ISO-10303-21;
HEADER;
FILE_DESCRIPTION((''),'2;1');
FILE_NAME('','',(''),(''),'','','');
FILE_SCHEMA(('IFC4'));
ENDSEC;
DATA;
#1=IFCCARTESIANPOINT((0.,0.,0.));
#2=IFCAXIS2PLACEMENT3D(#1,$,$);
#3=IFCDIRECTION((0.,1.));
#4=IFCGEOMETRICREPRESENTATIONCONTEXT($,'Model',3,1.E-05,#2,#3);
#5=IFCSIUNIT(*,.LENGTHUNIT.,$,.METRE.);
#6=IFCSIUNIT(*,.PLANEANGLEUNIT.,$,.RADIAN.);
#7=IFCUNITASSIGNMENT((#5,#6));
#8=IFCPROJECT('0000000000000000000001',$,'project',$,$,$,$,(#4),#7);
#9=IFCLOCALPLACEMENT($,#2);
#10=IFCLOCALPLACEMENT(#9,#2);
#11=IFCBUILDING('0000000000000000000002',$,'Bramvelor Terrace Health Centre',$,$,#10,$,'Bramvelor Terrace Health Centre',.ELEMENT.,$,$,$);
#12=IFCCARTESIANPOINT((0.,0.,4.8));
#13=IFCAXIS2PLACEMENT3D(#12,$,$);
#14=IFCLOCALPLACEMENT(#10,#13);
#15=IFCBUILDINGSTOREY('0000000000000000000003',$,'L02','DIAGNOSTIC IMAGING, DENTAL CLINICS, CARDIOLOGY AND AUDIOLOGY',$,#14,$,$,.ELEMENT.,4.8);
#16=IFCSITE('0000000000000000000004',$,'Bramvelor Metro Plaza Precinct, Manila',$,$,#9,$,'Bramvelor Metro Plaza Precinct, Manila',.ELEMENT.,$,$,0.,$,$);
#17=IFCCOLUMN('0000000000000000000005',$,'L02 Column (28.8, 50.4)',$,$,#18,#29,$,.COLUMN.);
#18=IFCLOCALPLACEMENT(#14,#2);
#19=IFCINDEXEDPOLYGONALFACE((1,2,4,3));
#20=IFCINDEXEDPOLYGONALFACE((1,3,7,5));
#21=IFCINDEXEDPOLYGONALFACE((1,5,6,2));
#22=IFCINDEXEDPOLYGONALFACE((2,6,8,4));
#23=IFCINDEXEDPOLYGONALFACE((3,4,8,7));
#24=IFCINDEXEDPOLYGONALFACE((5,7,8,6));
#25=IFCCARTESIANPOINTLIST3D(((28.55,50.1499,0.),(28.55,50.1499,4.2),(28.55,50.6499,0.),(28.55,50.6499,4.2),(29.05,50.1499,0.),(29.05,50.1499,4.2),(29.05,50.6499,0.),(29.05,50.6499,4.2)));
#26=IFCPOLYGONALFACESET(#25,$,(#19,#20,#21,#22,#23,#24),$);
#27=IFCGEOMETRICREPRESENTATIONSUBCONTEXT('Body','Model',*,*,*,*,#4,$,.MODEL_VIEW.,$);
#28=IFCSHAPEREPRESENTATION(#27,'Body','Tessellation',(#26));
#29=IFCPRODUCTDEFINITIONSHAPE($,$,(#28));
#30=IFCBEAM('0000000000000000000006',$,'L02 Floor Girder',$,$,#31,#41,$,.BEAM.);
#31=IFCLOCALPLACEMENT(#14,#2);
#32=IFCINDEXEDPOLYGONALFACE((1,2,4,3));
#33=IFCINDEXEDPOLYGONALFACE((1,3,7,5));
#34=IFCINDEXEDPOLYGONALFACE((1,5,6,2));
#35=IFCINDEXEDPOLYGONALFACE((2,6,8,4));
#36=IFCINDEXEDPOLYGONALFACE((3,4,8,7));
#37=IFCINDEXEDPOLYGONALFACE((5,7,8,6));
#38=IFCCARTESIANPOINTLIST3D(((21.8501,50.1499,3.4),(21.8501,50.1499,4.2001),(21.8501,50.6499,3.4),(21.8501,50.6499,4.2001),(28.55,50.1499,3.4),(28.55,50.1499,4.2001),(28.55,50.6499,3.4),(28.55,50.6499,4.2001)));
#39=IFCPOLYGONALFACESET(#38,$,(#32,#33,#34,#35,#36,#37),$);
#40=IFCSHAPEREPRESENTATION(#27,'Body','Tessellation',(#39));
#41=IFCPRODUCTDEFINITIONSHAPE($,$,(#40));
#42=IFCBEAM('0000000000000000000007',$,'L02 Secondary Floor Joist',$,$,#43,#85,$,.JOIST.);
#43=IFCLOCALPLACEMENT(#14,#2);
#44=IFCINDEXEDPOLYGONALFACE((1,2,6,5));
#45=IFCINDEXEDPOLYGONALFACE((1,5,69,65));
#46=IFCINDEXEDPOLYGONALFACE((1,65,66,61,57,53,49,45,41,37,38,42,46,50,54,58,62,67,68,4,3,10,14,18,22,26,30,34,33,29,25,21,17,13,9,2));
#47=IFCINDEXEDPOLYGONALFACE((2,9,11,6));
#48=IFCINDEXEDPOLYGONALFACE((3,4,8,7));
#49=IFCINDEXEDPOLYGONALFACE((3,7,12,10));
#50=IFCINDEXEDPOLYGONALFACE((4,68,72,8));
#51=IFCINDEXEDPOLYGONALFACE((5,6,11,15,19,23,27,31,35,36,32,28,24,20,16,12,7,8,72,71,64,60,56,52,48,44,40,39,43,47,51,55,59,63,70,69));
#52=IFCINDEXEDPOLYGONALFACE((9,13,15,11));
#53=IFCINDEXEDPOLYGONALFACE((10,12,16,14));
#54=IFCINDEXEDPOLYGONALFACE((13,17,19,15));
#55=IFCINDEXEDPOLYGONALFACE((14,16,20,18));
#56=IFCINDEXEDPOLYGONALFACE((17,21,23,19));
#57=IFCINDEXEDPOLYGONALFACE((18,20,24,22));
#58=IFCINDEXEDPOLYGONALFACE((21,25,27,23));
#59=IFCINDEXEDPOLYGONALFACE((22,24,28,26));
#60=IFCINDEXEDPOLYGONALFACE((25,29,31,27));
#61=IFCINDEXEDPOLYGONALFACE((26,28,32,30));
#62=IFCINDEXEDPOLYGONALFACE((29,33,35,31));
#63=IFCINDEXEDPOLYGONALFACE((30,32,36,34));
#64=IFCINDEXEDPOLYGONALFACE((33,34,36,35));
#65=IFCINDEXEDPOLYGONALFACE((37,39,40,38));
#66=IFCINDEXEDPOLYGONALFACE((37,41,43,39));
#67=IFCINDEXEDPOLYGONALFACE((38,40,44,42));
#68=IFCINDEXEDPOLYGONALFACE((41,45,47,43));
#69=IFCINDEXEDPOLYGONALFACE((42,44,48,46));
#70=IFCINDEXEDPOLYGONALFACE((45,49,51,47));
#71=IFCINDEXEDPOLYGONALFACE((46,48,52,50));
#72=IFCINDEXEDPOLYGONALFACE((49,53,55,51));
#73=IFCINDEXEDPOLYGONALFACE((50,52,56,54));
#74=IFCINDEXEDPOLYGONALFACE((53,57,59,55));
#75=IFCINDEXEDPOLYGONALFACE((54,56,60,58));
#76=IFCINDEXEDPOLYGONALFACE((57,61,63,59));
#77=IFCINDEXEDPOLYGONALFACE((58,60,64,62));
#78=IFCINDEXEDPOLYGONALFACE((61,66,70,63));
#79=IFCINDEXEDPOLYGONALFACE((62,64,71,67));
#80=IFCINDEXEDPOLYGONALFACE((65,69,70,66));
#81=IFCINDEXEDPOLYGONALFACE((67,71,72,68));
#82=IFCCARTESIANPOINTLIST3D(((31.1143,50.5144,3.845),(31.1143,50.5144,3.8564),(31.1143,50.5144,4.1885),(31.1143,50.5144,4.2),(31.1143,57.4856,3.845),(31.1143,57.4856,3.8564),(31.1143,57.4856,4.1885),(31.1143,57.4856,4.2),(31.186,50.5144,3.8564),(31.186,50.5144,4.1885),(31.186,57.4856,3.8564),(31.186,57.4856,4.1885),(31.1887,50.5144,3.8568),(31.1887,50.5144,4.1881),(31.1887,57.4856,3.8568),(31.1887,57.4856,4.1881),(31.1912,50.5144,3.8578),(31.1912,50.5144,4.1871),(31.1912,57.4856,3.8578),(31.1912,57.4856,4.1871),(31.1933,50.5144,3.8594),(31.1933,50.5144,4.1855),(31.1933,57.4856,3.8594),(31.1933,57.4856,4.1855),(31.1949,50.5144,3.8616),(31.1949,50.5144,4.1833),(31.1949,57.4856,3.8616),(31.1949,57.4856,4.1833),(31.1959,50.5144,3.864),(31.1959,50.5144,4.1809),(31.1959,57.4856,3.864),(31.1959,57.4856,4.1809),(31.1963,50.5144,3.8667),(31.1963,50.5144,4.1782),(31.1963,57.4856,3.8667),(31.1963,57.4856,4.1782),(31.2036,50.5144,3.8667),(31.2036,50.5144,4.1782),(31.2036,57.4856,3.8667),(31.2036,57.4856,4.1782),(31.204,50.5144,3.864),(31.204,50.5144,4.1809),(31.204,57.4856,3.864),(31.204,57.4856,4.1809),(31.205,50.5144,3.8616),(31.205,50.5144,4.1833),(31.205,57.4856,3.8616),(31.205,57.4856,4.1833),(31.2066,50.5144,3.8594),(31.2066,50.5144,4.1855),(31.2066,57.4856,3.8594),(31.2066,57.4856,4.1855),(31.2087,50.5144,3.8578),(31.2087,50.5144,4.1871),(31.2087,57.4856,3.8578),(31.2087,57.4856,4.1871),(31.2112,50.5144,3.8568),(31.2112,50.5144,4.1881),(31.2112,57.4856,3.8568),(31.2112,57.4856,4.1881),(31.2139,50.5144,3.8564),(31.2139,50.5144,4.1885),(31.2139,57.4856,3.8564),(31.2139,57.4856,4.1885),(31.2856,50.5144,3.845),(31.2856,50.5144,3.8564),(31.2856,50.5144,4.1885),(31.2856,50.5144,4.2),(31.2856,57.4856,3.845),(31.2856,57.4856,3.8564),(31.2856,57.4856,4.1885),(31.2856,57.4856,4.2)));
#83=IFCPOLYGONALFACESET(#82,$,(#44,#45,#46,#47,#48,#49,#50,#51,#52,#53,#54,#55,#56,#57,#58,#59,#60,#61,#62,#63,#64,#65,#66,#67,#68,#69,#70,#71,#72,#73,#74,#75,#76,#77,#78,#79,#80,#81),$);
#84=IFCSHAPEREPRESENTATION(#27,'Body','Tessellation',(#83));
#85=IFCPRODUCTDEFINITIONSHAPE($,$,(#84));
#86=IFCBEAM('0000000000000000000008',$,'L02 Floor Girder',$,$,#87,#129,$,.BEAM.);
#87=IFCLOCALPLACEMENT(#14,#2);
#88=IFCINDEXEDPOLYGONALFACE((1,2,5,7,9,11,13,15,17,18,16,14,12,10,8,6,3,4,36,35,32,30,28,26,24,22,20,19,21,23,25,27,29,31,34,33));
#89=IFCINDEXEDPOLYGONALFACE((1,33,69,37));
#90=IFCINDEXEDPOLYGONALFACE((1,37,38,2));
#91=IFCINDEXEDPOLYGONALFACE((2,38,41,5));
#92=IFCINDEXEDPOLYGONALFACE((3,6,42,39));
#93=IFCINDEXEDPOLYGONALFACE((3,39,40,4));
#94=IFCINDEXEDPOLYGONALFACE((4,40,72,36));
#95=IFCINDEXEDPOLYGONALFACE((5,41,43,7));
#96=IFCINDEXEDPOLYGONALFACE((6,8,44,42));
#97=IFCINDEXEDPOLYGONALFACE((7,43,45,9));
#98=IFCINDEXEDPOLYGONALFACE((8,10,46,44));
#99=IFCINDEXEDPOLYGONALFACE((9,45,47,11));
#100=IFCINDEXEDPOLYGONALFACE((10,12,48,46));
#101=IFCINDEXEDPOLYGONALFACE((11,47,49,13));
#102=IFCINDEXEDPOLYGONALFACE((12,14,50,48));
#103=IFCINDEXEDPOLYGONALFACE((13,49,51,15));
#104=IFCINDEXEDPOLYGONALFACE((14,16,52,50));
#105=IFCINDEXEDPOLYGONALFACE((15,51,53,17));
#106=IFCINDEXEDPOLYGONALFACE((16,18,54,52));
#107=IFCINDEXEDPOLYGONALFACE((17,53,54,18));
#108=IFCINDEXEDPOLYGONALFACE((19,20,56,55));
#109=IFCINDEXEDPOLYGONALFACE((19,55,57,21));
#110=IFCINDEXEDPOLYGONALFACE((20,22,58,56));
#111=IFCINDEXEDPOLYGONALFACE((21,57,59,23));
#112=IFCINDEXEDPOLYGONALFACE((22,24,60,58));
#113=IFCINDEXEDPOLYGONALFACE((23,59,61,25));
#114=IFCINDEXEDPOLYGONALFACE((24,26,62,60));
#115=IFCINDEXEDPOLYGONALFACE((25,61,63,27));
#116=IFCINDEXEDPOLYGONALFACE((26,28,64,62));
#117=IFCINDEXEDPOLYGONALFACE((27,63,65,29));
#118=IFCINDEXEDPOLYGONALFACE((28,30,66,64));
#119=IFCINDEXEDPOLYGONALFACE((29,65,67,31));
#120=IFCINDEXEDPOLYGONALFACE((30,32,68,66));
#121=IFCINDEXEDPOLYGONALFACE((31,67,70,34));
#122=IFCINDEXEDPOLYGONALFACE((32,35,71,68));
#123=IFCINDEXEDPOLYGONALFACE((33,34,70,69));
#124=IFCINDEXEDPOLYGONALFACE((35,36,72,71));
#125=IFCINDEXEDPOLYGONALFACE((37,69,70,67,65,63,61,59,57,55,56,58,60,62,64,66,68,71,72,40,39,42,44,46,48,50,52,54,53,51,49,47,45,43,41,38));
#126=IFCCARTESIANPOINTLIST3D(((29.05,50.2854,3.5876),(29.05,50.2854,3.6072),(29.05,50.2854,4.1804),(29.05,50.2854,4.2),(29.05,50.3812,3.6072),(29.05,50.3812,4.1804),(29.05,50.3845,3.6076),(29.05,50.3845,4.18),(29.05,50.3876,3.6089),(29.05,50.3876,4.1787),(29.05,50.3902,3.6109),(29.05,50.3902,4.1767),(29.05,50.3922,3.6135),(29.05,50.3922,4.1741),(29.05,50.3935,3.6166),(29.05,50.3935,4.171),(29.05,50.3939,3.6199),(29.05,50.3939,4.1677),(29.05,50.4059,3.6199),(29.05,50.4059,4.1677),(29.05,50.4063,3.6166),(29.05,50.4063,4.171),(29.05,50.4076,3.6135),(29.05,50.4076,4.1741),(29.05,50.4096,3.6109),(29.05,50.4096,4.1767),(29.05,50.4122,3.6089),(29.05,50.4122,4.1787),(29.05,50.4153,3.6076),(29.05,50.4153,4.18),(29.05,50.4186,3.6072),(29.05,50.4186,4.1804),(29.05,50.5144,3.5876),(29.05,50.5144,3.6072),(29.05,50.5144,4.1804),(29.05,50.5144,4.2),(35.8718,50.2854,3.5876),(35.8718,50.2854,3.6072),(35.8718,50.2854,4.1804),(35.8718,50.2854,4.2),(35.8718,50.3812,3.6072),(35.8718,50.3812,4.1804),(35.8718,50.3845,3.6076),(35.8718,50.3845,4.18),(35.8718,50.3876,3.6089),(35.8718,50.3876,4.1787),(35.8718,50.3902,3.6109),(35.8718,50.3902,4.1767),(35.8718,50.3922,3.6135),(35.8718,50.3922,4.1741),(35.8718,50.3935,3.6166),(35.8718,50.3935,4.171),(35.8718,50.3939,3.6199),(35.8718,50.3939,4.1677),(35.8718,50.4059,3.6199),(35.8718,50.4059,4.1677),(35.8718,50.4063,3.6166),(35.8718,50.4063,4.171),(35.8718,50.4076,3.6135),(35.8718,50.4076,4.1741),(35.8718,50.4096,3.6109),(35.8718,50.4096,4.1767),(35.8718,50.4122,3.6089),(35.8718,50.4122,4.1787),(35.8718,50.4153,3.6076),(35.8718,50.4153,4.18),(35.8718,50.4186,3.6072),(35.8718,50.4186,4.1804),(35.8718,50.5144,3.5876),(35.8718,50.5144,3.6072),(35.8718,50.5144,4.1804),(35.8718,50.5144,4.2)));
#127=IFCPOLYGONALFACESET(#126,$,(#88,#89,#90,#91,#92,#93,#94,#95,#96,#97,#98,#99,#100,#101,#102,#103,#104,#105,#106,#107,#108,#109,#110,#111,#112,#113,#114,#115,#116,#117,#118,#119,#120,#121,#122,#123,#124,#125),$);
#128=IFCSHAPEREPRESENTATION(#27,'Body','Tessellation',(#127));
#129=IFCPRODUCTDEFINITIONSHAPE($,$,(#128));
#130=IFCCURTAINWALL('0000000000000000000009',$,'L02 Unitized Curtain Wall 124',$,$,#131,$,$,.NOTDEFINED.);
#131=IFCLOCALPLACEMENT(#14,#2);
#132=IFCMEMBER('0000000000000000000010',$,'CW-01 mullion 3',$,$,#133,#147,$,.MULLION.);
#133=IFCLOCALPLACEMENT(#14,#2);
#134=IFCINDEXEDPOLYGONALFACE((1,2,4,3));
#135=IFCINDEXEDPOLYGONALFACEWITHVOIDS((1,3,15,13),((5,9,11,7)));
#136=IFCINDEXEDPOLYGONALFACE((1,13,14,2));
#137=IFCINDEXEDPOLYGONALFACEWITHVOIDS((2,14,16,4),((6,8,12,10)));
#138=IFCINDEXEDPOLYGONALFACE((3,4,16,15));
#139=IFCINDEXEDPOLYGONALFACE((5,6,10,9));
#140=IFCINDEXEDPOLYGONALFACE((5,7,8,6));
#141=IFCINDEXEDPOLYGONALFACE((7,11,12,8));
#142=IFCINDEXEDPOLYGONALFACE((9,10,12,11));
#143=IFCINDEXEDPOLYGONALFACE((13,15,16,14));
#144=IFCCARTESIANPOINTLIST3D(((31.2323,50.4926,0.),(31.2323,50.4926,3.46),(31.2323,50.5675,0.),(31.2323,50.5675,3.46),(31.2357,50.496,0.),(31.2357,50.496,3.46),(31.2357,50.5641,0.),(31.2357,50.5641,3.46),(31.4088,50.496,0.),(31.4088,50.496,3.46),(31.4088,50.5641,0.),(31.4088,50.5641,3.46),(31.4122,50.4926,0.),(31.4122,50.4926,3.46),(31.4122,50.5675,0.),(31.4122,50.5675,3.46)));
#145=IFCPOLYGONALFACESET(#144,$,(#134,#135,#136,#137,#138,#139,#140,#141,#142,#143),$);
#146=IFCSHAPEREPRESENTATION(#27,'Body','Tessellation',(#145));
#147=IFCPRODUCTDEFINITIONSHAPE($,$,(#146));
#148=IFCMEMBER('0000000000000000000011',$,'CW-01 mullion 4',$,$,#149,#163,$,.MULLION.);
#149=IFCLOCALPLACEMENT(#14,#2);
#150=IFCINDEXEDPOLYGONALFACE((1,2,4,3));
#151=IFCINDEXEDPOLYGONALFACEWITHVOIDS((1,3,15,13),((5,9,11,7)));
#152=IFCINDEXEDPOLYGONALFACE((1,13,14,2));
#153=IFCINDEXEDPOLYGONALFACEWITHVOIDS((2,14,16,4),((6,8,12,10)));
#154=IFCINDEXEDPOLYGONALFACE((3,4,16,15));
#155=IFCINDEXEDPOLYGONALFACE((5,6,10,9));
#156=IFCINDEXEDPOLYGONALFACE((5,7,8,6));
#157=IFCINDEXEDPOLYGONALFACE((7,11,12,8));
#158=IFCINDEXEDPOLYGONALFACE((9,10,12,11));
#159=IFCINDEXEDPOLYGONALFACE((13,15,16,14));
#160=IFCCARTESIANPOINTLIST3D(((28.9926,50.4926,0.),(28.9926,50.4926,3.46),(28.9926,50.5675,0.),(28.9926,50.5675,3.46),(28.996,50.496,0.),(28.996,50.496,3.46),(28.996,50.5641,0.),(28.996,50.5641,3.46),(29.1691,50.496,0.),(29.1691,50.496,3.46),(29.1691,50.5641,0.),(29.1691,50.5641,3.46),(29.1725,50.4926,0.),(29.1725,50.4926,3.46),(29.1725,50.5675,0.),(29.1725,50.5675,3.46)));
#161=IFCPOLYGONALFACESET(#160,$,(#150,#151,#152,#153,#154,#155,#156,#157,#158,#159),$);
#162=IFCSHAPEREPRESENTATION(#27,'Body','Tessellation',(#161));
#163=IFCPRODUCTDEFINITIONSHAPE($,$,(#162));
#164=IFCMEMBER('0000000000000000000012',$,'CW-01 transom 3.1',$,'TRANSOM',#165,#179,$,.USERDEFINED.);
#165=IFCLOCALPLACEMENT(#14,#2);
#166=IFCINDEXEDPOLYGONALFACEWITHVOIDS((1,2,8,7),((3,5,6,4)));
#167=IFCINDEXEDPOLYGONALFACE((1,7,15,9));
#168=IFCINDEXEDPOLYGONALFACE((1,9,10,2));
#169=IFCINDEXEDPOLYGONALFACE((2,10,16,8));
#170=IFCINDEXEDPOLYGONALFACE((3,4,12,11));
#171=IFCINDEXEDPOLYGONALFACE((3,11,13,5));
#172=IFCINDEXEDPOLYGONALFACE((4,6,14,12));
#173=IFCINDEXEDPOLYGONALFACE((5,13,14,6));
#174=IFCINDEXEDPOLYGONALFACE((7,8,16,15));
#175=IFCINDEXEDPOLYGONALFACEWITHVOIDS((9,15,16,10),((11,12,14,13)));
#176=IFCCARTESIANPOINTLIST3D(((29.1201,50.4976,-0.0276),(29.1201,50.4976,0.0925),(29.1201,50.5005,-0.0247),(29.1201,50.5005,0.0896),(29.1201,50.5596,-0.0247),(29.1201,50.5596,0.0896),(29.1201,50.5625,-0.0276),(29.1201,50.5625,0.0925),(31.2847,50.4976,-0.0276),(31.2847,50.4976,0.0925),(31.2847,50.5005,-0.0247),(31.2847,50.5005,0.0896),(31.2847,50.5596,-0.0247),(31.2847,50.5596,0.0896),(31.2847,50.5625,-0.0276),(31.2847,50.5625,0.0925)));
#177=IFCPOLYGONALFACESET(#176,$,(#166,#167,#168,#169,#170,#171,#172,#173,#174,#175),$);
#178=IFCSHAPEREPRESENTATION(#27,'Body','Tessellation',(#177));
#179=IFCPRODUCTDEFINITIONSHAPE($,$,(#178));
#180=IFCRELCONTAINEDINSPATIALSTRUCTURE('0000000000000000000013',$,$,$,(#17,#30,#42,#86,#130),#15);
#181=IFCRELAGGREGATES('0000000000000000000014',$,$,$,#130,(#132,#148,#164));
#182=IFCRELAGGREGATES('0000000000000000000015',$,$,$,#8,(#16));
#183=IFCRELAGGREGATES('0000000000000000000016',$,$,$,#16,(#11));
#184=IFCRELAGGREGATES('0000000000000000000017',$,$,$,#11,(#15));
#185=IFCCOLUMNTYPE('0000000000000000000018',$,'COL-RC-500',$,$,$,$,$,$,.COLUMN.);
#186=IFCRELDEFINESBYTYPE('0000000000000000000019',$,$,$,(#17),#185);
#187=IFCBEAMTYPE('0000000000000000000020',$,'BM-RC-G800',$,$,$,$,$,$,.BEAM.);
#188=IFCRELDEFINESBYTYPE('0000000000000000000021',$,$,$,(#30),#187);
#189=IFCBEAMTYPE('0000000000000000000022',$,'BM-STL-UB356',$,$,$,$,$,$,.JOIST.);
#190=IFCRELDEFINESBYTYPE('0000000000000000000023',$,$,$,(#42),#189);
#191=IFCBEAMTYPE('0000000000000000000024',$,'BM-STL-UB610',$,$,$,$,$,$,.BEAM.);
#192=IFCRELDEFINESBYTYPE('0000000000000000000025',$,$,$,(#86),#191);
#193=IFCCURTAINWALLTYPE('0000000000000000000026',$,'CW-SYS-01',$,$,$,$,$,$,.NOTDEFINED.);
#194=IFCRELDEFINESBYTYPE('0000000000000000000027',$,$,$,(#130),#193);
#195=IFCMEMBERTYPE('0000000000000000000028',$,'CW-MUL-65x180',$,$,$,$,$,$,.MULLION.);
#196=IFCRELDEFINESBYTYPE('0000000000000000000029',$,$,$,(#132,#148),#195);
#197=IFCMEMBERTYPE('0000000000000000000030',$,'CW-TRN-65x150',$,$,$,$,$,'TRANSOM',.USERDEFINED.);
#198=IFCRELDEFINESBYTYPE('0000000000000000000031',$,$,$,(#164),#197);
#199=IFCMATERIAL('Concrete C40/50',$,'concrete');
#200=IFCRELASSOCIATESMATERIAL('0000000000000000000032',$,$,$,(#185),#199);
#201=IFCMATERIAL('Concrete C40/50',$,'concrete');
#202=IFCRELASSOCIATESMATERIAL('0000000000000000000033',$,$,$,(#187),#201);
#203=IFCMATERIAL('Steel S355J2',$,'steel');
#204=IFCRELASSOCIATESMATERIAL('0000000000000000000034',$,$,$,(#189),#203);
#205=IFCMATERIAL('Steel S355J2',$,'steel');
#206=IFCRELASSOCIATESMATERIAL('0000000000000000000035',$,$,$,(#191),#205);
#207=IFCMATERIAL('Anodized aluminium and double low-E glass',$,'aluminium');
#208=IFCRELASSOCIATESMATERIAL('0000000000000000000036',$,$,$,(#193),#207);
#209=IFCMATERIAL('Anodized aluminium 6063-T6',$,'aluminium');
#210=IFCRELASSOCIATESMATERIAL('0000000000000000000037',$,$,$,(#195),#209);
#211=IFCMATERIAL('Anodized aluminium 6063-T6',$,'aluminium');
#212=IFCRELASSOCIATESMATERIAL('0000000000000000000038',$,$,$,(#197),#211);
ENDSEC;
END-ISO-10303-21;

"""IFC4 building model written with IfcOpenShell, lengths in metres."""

from ifc_helpers import new_model, si_unit, direction, frame, origin, origin_2d, place, context, subcontext, project, spatial, rectangle, hollow_rectangle, i_section, extrude, material, material_profile, profile_set, type_object, element, aggregate, save


model = new_model("IFC4")

# Units and contexts
model_context = context("Model", 3, precision=1e-05, world=origin(), true_north=direction((0.0, 1.0)))
body_context = subcontext(model_context, "Body", "Model", "MODEL_VIEW")
ifc_project = project(units=[si_unit("LENGTHUNIT", "METRE"), si_unit("PLANEANGLEUNIT", "RADIAN")], contexts=[model_context])

# Site, building, storey
site_placement = place(None, origin())
site = spatial("IfcSite", under=ifc_project, at=site_placement, Name="Bramvelor Metro Plaza Precinct, Manila", LongName="Bramvelor Metro Plaza Precinct, Manila", CompositionType="ELEMENT", RefElevation=0.0)
building_placement = place(site_placement, origin())
building = spatial("IfcBuilding", under=site, at=building_placement, Name="Bramvelor Terrace Health Centre", LongName="Bramvelor Terrace Health Centre", CompositionType="ELEMENT")
storey_placement = place(building_placement, frame((0.0, 0.0, 4.8)))
storey = spatial("IfcBuildingStorey", under=building, at=storey_placement, Name="L02", Description="DIAGNOSTIC IMAGING, DENTAL CLINICS, CARDIOLOGY AND AUDIOLOGY", CompositionType="ELEMENT", Elevation=4.8)

# Column
ifc_material_1 = material(Name="Concrete C40/50", Category="concrete")
ifc_material_profile_1 = material_profile(ifc_material_1, rectangle(XDim=0.5, YDim=0.5, at=origin_2d()), Name="RC 500x500")
ifc_profile_set_1 = profile_set([ifc_material_profile_1], Name="Concrete C40/50")
column_type = type_object("IfcColumnType", Name="COL-RC-500", PredefinedType="COLUMN", material=ifc_profile_set_1)
column_placement = place(storey_placement, frame((28.8, 50.3999, 0.0), z_axis=(0.0, 0.0, 1.0), x_axis=(1.0, 0.0, 0.0)))
element("IfcColumn", 1, at=column_placement, inside=storey, type_object=column_type, Name="L02 Column (28.8, 50.4)", PredefinedType="COLUMN", context=body_context, shape_type="SweptSolid", body=[
    extrude(rectangle(XDim=0.5, YDim=0.5, at=origin_2d()), origin(), (0.0, 0.0, 1.0), 4.2),
])

# Beams
ifc_material_2 = material(Name="Concrete C40/50", Category="concrete")
ifc_material_profile_2 = material_profile(ifc_material_2, rectangle(XDim=0.5, YDim=0.8, at=origin_2d()), Name="RC 500x800")
ifc_profile_set_2 = profile_set([ifc_material_profile_2], Name="Concrete C40/50")
beam_type_1 = type_object("IfcBeamType", Name="BM-RC-G800", PredefinedType="BEAM", material=ifc_profile_set_2)
beam_1_placement = place(storey_placement, frame((21.8501, 50.3999, 3.8), z_axis=(1.0, 0.0, 0.0), x_axis=(0.0, 1.0, 0.0)))
element("IfcBeam", 2, at=beam_1_placement, inside=storey, type_object=beam_type_1, Name="L02 Floor Girder", PredefinedType="BEAM", context=body_context, shape_type="SweptSolid", body=[
    extrude(rectangle(XDim=0.5, YDim=0.8, at=origin_2d()), origin(), (0.0, 0.0, 1.0), 6.7),
])
ifc_material_3 = material(Name="Steel S355J2", Category="steel")
ifc_material_profile_3 = material_profile(ifc_material_3, i_section(OverallWidth=0.1714, OverallDepth=0.355, WebThickness=0.0073, FlangeThickness=0.0115, FilletRadius=0.0103, at=origin_2d()), Name="UB 356x171x51")
ifc_profile_set_3 = profile_set([ifc_material_profile_3], Name="Steel S355J2")
beam_type_2 = type_object("IfcBeamType", Name="BM-STL-UB356", PredefinedType="JOIST", material=ifc_profile_set_3)
beam_2_placement = place(storey_placement, frame((31.2, 50.5144, 4.0225), z_axis=(0.0, 1.0, 0.0), x_axis=(-1.0, 0.0, 0.0)))
element("IfcBeam", 3, at=beam_2_placement, inside=storey, type_object=beam_type_2, Name="L02 Secondary Floor Joist", PredefinedType="JOIST", context=body_context, shape_type="SweptSolid", body=[
    extrude(i_section(OverallWidth=0.1714, OverallDepth=0.355, WebThickness=0.0073, FlangeThickness=0.0115, FilletRadius=0.0103, at=origin_2d()), origin(), (0.0, 0.0, 1.0), 6.9712),
])
ifc_material_4 = material(Name="Steel S355J2", Category="steel")
ifc_material_profile_4 = material_profile(ifc_material_4, i_section(OverallWidth=0.229, OverallDepth=0.6123, WebThickness=0.012, FlangeThickness=0.0195, FilletRadius=0.0127, at=origin_2d()), Name="UB 610x229x125")
ifc_profile_set_4 = profile_set([ifc_material_profile_4], Name="Steel S355J2")
beam_type_3 = type_object("IfcBeamType", Name="BM-STL-UB610", PredefinedType="BEAM", material=ifc_profile_set_4)
beam_3_placement = place(storey_placement, frame((29.05, 50.3999, 3.8938), z_axis=(1.0, 0.0, 0.0), x_axis=(0.0, 1.0, 0.0)))
element("IfcBeam", 4, at=beam_3_placement, inside=storey, type_object=beam_type_3, Name="L02 Floor Girder", PredefinedType="BEAM", context=body_context, shape_type="SweptSolid", body=[
    extrude(i_section(OverallWidth=0.229, OverallDepth=0.6123, WebThickness=0.012, FlangeThickness=0.0195, FilletRadius=0.0127, at=origin_2d()), origin(), (0.0, 0.0, 1.0), 6.8218),
])

# Curtain wall, members
ifc_material_5 = material(Name="Anodized aluminium and double low-E glass", Category="aluminium")
curtain_wall_type = type_object("IfcCurtainWallType", Name="CW-SYS-01", PredefinedType="NOTDEFINED", material=ifc_material_5)
curtain_wall_placement = place(storey_placement, origin())
curtain_wall = element("IfcCurtainWall", 5, at=curtain_wall_placement, inside=storey, type_object=curtain_wall_type, Name="L02 Unitized Curtain Wall 124", PredefinedType="NOTDEFINED")
ifc_material_6 = material(Name="Anodized aluminium 6063-T6", Category="aluminium")
ifc_material_profile_5 = material_profile(ifc_material_6, hollow_rectangle(XDim=0.075, YDim=0.1799, WallThickness=0.0034, at=origin_2d()), Name="ALU-MUL 75x180x3.5")
ifc_profile_set_5 = profile_set([ifc_material_profile_5], Name="Anodized aluminium 6063-T6")
member_type_1 = type_object("IfcMemberType", Name="CW-MUL-65x180", PredefinedType="MULLION", material=ifc_profile_set_5)
member_1_placement = place(storey_placement, frame((31.3223, 50.53, 0.0), z_axis=(0.0, 0.0, 1.0), x_axis=(0.0, -1.0, 0.0)))
member_1 = element("IfcMember", 6, at=member_1_placement, type_object=member_type_1, Name="CW-01 mullion 3", PredefinedType="MULLION", context=body_context, shape_type="SweptSolid", body=[
    extrude(hollow_rectangle(XDim=0.075, YDim=0.1799, WallThickness=0.0034, at=origin_2d()), origin(), (0.0, 0.0, 1.0), 3.46),
])
member_2_placement = place(storey_placement, frame((29.0825, 50.53, 0.0), z_axis=(0.0, 0.0, 1.0), x_axis=(0.0, -1.0, 0.0)))
member_2 = element("IfcMember", 7, at=member_2_placement, type_object=member_type_1, Name="CW-01 mullion 4", PredefinedType="MULLION", context=body_context, shape_type="SweptSolid", body=[
    extrude(hollow_rectangle(XDim=0.075, YDim=0.1799, WallThickness=0.0034, at=origin_2d()), origin(), (0.0, 0.0, 1.0), 3.46),
])
ifc_material_7 = material(Name="Anodized aluminium 6063-T6", Category="aluminium")
ifc_material_profile_6 = material_profile(ifc_material_7, hollow_rectangle(XDim=0.0649, YDim=0.1201, WallThickness=0.0029, at=origin_2d()), Name="ALU-TRN 65x120x3.0")
ifc_profile_set_6 = profile_set([ifc_material_profile_6], Name="Anodized aluminium 6063-T6")
member_type_2 = type_object("IfcMemberType", Name="CW-TRN-65x150", ElementType="TRANSOM", PredefinedType="USERDEFINED", material=ifc_profile_set_6)
member_3_placement = place(storey_placement, frame((31.2847, 50.53, 0.0325), z_axis=(-1.0, 0.0, 0.0), x_axis=(0.0, -1.0, 0.0)))
member_3 = element("IfcMember", 8, at=member_3_placement, type_object=member_type_2, Name="CW-01 transom 3.1", ObjectType="TRANSOM", PredefinedType="USERDEFINED", context=body_context, shape_type="SweptSolid", body=[
    extrude(hollow_rectangle(XDim=0.0649, YDim=0.1201, WallThickness=0.0029, at=origin_2d()), origin(), (0.0, 0.0, 1.0), 2.1646),
])

aggregate(curtain_wall, [member_1, member_2, member_3])

save(model, "model.ifc")
